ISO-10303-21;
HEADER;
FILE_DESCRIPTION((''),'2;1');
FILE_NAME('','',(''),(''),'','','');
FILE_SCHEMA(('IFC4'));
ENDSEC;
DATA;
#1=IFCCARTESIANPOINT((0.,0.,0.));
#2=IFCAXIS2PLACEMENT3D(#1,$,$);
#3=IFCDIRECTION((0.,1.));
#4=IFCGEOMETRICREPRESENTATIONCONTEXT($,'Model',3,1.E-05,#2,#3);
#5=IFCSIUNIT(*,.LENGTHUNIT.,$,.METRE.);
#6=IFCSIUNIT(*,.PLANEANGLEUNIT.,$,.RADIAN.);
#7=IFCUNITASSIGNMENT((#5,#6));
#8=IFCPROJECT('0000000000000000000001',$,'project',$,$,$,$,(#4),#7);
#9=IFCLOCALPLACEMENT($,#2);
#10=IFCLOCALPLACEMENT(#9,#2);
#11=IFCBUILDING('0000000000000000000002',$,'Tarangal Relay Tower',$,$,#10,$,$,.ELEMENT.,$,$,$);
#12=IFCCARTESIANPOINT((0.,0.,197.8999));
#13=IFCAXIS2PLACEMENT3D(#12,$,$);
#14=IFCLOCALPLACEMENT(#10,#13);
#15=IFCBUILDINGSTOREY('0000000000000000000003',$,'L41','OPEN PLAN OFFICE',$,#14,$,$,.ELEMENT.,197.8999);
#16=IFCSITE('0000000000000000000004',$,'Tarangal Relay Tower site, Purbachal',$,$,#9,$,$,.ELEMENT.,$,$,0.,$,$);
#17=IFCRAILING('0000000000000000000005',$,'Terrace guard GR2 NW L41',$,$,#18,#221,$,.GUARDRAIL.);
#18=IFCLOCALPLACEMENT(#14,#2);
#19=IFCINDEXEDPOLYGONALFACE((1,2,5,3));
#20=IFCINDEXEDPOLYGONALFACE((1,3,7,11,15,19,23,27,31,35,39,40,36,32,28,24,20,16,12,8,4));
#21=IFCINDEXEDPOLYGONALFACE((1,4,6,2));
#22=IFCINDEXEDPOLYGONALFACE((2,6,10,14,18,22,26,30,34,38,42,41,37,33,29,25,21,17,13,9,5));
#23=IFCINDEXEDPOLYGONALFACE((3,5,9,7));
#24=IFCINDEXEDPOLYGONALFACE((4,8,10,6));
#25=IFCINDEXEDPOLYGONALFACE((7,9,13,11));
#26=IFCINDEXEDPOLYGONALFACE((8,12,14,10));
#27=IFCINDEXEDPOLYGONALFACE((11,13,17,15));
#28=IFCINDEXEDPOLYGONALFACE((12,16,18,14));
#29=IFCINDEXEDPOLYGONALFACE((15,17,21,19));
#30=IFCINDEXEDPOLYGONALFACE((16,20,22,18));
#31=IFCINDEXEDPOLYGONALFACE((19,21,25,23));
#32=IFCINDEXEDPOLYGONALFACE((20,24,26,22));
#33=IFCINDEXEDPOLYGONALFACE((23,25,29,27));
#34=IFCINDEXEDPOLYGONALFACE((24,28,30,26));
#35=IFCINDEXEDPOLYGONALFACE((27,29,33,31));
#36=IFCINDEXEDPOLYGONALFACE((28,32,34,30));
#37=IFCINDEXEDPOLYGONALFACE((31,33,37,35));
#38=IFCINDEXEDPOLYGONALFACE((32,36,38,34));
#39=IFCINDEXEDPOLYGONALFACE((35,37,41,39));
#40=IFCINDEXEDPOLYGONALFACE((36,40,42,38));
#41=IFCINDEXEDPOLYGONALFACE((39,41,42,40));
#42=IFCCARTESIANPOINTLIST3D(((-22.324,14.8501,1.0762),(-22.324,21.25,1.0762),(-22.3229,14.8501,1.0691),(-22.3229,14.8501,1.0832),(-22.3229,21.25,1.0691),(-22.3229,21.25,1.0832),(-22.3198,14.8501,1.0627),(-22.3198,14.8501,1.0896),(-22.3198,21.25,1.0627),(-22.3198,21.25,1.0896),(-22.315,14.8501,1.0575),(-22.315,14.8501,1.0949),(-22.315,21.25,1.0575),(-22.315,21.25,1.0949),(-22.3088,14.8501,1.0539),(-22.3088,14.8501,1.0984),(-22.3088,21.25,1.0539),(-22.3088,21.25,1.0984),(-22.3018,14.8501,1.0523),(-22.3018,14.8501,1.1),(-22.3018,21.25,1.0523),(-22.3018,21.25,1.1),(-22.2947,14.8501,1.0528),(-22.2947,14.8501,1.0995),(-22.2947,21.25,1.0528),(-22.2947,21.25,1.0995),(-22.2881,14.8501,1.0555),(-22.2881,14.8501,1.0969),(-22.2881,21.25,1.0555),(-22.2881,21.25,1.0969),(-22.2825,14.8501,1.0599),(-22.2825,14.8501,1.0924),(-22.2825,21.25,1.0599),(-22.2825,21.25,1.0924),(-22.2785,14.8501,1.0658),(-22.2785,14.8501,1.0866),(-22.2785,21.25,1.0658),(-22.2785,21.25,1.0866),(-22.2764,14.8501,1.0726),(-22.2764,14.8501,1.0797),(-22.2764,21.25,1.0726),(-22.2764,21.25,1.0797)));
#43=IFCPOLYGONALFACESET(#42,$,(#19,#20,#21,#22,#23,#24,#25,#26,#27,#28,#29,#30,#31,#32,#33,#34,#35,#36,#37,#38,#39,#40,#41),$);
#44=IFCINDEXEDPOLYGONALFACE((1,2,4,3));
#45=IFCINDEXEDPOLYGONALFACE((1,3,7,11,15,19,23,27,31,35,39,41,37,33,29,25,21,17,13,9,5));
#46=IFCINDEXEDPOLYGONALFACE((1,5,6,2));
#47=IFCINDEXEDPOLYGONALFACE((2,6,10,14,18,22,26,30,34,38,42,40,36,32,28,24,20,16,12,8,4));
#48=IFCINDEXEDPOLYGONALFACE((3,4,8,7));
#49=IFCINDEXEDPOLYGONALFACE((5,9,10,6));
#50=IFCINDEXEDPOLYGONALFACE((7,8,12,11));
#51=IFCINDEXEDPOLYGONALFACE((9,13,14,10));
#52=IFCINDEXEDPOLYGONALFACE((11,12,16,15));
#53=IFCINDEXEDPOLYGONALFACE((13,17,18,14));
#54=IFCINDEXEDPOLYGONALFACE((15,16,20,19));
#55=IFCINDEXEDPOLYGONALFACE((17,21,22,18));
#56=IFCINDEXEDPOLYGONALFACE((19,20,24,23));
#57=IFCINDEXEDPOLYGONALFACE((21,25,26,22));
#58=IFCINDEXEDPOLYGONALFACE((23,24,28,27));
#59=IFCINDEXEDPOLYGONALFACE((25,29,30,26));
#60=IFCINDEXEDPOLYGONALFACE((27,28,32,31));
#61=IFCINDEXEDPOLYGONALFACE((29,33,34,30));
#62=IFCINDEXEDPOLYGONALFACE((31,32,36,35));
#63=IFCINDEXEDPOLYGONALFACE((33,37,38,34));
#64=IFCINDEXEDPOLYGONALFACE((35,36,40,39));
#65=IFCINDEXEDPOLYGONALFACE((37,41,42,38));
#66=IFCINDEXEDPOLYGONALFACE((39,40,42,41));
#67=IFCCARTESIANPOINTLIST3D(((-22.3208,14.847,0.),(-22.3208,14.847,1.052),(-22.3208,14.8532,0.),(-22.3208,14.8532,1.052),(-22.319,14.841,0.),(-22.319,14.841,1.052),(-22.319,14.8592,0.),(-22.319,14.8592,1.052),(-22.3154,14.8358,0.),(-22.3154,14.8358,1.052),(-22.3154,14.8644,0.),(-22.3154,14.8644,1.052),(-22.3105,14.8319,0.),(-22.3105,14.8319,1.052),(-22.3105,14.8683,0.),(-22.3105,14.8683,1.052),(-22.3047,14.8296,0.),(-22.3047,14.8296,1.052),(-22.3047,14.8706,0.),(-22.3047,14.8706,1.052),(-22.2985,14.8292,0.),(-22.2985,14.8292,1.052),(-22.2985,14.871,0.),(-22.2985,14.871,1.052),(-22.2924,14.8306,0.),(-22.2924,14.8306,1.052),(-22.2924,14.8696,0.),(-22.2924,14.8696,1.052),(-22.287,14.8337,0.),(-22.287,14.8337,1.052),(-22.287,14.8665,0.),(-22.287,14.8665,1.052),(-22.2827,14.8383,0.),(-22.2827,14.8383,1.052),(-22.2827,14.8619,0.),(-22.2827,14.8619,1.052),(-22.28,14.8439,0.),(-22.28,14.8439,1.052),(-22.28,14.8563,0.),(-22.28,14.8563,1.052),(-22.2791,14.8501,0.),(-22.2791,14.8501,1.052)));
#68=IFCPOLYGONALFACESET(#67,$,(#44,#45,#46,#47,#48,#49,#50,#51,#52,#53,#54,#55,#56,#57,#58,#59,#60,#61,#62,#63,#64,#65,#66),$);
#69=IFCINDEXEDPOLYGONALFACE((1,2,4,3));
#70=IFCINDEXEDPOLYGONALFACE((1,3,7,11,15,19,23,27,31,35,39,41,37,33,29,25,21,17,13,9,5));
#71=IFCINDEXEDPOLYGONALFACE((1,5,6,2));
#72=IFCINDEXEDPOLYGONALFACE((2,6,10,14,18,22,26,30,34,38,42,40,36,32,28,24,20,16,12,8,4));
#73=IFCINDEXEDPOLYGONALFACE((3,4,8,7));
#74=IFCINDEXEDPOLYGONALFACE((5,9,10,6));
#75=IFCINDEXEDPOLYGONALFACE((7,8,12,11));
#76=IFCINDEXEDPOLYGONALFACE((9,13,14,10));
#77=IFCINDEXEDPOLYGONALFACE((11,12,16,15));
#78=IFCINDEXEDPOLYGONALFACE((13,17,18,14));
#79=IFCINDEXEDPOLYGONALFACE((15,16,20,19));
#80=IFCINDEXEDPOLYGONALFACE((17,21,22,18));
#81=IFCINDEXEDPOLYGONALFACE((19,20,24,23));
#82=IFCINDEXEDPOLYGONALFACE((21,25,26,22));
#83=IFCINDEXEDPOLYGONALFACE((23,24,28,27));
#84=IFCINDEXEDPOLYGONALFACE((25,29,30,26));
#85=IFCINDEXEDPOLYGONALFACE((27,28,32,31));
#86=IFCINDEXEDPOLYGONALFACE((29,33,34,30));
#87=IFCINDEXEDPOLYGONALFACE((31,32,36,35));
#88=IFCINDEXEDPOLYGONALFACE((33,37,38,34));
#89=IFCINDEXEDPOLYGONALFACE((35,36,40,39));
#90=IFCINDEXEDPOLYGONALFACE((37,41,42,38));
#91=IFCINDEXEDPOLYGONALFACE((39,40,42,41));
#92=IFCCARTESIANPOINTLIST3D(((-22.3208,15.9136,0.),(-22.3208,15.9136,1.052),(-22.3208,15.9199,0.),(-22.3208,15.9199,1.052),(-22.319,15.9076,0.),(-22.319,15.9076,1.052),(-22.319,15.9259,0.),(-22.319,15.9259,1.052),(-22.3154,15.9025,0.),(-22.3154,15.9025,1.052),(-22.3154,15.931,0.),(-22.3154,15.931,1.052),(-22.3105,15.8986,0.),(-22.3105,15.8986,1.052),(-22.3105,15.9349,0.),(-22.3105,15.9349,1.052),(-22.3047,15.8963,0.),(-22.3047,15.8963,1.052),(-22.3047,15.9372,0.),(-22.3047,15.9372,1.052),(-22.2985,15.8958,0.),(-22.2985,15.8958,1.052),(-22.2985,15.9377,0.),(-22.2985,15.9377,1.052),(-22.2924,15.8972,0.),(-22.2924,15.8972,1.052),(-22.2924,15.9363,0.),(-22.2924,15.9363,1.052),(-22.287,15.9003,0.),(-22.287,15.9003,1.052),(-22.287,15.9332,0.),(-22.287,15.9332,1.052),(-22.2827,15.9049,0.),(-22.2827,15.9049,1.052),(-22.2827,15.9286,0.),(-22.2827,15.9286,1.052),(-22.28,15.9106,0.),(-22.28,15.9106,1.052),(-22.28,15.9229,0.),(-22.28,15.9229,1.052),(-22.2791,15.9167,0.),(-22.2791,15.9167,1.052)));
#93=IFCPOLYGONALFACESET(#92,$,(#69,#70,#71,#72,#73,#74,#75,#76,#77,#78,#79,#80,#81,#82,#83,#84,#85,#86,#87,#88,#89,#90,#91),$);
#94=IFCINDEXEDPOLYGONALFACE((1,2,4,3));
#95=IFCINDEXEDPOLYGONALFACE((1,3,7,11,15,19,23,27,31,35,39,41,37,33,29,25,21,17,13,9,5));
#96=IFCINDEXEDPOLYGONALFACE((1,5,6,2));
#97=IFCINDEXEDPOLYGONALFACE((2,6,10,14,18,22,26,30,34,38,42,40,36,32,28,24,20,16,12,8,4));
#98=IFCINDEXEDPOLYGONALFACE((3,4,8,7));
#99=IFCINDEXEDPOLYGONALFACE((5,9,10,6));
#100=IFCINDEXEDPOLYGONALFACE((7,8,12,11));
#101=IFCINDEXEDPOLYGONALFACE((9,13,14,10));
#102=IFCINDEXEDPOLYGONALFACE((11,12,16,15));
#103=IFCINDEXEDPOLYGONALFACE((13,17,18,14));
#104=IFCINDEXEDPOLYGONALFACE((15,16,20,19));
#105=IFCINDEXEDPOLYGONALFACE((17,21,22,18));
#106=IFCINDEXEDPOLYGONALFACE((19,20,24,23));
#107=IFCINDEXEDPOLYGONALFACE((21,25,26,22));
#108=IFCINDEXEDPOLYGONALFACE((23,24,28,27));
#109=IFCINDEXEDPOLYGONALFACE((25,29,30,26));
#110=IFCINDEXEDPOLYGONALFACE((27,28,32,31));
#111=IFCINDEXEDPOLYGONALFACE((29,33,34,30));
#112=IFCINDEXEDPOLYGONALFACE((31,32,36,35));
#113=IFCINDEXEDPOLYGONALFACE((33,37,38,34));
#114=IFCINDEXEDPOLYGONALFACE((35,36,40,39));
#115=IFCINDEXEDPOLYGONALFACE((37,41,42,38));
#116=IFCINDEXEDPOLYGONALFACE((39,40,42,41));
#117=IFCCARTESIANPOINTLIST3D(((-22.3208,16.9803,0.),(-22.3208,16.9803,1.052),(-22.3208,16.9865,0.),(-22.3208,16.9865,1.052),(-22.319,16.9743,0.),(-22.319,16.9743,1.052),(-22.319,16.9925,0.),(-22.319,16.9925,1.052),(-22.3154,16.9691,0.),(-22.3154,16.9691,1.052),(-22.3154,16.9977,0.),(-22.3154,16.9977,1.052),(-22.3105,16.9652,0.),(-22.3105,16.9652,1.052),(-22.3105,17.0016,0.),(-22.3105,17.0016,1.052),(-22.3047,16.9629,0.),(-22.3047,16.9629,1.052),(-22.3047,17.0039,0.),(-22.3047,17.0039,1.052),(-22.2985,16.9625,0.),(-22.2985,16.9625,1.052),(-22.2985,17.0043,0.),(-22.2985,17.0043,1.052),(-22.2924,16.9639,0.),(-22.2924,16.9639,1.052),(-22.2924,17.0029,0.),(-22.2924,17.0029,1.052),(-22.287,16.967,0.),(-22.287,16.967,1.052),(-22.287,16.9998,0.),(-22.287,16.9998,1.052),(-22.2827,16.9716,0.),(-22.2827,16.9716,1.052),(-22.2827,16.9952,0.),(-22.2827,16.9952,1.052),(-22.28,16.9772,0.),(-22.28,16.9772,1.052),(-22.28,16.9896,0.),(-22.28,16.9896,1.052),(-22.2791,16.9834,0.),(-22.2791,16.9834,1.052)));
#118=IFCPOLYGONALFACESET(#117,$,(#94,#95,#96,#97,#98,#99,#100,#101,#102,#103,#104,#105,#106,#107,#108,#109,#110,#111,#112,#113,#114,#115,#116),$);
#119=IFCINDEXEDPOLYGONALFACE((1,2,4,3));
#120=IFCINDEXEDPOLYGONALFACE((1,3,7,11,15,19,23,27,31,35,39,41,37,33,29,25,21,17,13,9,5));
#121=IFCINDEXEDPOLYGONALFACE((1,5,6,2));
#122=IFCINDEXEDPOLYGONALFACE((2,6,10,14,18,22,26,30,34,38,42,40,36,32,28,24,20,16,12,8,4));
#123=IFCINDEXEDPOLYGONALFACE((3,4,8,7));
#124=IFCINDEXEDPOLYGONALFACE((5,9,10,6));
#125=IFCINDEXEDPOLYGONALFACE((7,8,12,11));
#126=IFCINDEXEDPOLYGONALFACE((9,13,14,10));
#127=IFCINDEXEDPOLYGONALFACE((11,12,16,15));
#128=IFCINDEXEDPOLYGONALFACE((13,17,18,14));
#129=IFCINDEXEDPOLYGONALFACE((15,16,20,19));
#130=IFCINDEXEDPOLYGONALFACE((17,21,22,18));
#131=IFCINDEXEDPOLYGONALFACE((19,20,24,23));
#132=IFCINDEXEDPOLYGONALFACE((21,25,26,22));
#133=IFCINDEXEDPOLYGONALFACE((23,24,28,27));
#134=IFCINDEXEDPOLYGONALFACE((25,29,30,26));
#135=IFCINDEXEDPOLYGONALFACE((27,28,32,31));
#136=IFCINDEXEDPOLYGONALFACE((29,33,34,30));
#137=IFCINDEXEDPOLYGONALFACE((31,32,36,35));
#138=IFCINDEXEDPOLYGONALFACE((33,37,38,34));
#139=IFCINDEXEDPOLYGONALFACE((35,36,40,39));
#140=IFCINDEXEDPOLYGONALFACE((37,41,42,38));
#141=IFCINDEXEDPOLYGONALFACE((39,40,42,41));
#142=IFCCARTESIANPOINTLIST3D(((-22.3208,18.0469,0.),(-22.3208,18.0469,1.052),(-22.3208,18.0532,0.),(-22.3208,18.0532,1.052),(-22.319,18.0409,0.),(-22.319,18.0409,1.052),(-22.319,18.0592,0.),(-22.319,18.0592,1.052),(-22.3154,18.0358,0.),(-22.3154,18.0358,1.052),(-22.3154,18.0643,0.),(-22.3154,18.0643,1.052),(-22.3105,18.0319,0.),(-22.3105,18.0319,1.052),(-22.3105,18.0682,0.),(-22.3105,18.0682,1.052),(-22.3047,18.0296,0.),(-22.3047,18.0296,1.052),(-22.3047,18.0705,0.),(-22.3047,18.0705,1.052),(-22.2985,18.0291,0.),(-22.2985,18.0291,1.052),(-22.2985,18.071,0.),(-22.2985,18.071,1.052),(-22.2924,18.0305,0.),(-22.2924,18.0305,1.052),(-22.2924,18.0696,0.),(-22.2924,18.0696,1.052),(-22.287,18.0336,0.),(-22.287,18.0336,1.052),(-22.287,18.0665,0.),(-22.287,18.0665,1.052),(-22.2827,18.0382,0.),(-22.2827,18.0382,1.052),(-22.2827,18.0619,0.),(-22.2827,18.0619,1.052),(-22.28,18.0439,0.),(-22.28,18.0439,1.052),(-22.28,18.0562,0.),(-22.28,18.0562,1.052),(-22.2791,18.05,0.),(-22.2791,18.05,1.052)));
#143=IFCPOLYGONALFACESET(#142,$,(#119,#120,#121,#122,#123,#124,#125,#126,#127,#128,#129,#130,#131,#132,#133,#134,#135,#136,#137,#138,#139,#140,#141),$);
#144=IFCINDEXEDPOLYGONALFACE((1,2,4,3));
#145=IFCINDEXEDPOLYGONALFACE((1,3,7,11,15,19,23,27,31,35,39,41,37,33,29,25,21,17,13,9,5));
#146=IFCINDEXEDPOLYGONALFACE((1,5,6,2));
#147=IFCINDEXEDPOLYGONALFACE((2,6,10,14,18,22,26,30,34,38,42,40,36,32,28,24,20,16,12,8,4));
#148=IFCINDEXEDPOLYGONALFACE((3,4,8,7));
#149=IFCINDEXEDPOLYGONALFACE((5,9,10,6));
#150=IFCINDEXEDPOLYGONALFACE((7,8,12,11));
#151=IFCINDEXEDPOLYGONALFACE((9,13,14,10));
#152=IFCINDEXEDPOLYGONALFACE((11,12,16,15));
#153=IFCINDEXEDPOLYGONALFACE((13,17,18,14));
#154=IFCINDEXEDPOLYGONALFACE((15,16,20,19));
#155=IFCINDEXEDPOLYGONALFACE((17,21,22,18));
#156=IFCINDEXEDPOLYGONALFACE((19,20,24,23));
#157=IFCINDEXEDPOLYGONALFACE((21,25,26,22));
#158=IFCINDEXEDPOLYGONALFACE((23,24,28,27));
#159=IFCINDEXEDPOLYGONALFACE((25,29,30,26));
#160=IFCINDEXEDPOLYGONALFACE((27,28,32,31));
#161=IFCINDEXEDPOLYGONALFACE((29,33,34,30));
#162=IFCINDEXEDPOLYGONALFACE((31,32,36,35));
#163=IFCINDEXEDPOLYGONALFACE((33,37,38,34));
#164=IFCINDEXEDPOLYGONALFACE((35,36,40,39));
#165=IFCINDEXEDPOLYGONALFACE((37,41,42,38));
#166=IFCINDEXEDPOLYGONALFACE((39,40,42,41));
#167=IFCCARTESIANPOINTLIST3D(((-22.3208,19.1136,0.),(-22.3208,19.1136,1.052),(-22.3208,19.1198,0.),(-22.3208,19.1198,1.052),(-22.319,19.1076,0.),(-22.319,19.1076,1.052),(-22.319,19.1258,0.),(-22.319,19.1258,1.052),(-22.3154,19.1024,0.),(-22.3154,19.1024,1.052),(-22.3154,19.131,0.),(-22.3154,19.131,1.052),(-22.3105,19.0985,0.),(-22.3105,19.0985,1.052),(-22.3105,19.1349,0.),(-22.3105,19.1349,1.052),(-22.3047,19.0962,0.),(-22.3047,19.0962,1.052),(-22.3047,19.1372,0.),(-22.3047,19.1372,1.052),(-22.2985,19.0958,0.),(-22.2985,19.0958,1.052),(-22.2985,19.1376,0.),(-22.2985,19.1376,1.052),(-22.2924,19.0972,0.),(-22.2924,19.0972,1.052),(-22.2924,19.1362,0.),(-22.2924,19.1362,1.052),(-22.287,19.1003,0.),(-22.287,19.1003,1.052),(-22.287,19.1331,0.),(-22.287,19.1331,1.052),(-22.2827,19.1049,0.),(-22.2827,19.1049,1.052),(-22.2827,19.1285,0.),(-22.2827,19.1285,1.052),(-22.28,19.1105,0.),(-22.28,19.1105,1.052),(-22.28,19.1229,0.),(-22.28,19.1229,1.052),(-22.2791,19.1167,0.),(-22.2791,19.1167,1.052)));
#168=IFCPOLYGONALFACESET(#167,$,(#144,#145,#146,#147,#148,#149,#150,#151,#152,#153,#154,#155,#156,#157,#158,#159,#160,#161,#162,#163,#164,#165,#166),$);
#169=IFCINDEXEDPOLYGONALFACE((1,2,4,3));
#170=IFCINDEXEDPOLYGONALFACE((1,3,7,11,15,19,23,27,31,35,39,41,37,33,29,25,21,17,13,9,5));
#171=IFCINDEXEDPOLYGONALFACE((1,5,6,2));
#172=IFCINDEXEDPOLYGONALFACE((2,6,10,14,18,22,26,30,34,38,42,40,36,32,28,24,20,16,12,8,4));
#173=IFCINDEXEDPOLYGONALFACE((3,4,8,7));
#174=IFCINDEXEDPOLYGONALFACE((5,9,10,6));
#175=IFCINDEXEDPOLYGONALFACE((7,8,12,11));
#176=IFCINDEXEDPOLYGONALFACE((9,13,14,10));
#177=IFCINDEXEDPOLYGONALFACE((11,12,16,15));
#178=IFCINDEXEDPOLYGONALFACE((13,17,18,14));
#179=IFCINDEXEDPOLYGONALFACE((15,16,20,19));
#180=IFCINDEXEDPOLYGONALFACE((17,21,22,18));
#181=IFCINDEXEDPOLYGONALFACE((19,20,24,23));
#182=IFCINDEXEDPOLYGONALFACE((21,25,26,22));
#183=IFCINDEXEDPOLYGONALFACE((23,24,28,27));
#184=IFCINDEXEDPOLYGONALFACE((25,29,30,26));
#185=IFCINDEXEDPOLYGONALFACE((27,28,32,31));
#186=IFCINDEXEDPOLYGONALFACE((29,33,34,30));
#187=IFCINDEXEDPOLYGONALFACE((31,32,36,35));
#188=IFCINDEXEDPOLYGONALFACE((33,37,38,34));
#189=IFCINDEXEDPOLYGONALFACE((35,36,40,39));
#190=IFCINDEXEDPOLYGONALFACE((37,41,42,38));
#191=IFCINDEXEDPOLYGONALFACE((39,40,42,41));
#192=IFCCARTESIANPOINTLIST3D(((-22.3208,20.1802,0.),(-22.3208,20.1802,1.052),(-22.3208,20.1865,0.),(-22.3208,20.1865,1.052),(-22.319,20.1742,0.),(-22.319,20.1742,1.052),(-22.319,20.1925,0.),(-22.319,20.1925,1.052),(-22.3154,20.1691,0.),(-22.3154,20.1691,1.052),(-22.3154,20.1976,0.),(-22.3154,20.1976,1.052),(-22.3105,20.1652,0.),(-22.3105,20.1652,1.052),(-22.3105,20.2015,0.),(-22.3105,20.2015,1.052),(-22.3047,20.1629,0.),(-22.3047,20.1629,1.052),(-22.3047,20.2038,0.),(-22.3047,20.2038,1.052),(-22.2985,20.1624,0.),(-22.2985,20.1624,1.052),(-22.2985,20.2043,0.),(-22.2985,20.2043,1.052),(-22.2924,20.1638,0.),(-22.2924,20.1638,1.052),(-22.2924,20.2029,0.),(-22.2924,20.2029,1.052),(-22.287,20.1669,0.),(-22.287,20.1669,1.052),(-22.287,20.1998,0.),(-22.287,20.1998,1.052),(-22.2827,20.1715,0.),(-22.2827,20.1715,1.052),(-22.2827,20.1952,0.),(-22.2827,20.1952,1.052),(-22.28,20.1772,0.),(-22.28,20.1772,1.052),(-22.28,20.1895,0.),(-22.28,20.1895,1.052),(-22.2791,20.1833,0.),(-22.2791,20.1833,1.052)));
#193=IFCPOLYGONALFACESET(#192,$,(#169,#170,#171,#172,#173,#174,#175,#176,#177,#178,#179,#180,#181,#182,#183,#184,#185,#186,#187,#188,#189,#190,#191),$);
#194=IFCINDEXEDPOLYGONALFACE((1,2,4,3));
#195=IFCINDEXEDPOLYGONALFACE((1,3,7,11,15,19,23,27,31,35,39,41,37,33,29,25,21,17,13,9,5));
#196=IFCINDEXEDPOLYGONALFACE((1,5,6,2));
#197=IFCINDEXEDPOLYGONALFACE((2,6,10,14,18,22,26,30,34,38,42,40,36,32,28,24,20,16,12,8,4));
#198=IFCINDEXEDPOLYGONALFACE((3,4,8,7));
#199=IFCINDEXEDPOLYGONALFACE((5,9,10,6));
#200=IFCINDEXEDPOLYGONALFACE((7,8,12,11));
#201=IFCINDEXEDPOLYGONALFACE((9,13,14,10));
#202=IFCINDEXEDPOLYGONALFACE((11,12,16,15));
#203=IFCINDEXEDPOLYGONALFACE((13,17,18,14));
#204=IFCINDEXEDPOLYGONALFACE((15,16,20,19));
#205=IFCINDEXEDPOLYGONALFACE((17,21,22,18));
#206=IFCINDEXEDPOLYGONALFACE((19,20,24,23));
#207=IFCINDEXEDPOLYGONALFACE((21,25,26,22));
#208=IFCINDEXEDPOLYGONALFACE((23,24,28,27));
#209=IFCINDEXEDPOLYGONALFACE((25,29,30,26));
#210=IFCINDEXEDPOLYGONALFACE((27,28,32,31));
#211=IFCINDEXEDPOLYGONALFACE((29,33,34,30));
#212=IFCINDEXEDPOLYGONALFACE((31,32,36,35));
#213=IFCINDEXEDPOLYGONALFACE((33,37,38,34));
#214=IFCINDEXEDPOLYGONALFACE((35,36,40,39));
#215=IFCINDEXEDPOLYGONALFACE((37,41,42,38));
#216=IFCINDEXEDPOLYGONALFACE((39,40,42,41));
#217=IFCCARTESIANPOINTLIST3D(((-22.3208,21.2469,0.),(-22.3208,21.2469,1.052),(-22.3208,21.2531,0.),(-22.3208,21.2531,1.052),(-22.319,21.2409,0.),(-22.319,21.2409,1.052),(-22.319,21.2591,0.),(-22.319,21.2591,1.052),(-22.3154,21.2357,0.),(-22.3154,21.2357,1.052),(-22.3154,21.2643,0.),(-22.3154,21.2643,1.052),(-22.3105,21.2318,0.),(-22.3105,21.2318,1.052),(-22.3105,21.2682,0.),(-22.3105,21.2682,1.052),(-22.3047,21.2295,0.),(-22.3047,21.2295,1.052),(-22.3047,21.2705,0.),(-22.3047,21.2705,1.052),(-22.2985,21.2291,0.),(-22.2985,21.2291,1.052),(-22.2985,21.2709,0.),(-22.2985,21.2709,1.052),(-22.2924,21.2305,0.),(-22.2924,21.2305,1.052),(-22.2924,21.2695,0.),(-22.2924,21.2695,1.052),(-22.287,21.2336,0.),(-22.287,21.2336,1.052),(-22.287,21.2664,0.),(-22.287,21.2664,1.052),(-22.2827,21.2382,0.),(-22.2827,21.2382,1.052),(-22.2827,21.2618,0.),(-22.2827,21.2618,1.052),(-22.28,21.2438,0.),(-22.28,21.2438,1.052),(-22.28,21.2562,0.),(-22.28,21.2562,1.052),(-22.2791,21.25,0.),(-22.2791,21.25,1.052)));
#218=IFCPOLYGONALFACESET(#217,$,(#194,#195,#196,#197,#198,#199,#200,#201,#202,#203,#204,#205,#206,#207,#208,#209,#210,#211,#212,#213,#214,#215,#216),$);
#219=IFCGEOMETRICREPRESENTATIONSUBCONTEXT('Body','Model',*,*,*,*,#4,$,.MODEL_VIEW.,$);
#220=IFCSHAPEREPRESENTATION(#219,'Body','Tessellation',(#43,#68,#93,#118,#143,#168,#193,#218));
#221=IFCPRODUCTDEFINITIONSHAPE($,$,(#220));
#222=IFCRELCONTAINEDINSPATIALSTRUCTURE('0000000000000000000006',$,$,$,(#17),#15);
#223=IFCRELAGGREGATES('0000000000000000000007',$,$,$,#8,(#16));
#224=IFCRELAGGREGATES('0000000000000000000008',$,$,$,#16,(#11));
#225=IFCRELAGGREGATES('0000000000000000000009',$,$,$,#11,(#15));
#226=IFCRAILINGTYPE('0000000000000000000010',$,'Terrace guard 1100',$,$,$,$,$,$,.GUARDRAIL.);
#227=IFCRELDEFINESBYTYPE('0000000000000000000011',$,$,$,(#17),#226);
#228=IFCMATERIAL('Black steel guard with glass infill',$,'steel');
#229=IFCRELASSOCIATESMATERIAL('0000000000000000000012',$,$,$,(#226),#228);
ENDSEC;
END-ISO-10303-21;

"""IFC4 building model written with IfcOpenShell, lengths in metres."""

from ifc_helpers import new_model, si_unit, direction, frame, origin, origin_2d, place, context, subcontext, project, spatial, circle, extrude, material, type_object, element, save


model = new_model("IFC4")

# Units and contexts
model_context = context("Model", 3, precision=1e-05, world=origin(), true_north=direction((0.0, 1.0)))
body_context = subcontext(model_context, "Body", "Model", "MODEL_VIEW")
ifc_project = project(units=[si_unit("LENGTHUNIT", "METRE"), si_unit("PLANEANGLEUNIT", "RADIAN")], contexts=[model_context])

# Site, building, storey
site_placement = place(None, origin())
site = spatial("IfcSite", under=ifc_project, at=site_placement, Name="Tarangal Relay Tower site, Purbachal", CompositionType="ELEMENT", RefElevation=0.0)
building_placement = place(site_placement, origin())
building = spatial("IfcBuilding", under=site, at=building_placement, Name="Tarangal Relay Tower", CompositionType="ELEMENT")
storey_placement = place(building_placement, frame((0.0, 0.0, 197.8999)))
storey = spatial("IfcBuildingStorey", under=building, at=storey_placement, Name="L41", Description="OPEN PLAN OFFICE", CompositionType="ELEMENT", Elevation=197.8999)

# Railing
ifc_material_1 = material(Name="Black steel guard with glass infill", Category="steel")
railing_type = type_object("IfcRailingType", Name="Terrace guard 1100", PredefinedType="GUARDRAIL", material=ifc_material_1)
railing_1_placement = place(storey_placement, frame((-22.3, 14.8501, 0.0)))
element("IfcRailing", 1, at=railing_1_placement, inside=storey, type_object=railing_type, Name="Terrace guard GR2 NW L41", PredefinedType="GUARDRAIL", context=body_context, shape_type="SweptSolid", body=[
    extrude(circle(Radius=0.0239, at=origin_2d()), frame((0.0, 0.0, 1.0762), z_axis=(0.0, 1.0, 0.0), x_axis=(-1.0, 0.0, 0.0)), (0.0, 0.0, 1.0), 6.3999),
    extrude(circle(Radius=0.021, at=origin_2d()), origin(), (0.0, 0.0, 1.0), 1.052),
    extrude(circle(Radius=0.021, at=origin_2d()), frame((0.0, 1.0667, 0.0)), (0.0, 0.0, 1.0), 1.052),
    extrude(circle(Radius=0.021, at=origin_2d()), frame((0.0, 2.1333, 0.0)), (0.0, 0.0, 1.0), 1.052),
    extrude(circle(Radius=0.021, at=origin_2d()), frame((0.0, 3.2, 0.0)), (0.0, 0.0, 1.0), 1.052),
    extrude(circle(Radius=0.021, at=origin_2d()), frame((0.0, 4.2666, 0.0)), (0.0, 0.0, 1.0), 1.052),
    extrude(circle(Radius=0.021, at=origin_2d()), frame((0.0, 5.3333, 0.0)), (0.0, 0.0, 1.0), 1.052),
    extrude(circle(Radius=0.021, at=origin_2d()), frame((0.0, 6.3999, 0.0)), (0.0, 0.0, 1.0), 1.052),
])

save(model, "model.ifc")
